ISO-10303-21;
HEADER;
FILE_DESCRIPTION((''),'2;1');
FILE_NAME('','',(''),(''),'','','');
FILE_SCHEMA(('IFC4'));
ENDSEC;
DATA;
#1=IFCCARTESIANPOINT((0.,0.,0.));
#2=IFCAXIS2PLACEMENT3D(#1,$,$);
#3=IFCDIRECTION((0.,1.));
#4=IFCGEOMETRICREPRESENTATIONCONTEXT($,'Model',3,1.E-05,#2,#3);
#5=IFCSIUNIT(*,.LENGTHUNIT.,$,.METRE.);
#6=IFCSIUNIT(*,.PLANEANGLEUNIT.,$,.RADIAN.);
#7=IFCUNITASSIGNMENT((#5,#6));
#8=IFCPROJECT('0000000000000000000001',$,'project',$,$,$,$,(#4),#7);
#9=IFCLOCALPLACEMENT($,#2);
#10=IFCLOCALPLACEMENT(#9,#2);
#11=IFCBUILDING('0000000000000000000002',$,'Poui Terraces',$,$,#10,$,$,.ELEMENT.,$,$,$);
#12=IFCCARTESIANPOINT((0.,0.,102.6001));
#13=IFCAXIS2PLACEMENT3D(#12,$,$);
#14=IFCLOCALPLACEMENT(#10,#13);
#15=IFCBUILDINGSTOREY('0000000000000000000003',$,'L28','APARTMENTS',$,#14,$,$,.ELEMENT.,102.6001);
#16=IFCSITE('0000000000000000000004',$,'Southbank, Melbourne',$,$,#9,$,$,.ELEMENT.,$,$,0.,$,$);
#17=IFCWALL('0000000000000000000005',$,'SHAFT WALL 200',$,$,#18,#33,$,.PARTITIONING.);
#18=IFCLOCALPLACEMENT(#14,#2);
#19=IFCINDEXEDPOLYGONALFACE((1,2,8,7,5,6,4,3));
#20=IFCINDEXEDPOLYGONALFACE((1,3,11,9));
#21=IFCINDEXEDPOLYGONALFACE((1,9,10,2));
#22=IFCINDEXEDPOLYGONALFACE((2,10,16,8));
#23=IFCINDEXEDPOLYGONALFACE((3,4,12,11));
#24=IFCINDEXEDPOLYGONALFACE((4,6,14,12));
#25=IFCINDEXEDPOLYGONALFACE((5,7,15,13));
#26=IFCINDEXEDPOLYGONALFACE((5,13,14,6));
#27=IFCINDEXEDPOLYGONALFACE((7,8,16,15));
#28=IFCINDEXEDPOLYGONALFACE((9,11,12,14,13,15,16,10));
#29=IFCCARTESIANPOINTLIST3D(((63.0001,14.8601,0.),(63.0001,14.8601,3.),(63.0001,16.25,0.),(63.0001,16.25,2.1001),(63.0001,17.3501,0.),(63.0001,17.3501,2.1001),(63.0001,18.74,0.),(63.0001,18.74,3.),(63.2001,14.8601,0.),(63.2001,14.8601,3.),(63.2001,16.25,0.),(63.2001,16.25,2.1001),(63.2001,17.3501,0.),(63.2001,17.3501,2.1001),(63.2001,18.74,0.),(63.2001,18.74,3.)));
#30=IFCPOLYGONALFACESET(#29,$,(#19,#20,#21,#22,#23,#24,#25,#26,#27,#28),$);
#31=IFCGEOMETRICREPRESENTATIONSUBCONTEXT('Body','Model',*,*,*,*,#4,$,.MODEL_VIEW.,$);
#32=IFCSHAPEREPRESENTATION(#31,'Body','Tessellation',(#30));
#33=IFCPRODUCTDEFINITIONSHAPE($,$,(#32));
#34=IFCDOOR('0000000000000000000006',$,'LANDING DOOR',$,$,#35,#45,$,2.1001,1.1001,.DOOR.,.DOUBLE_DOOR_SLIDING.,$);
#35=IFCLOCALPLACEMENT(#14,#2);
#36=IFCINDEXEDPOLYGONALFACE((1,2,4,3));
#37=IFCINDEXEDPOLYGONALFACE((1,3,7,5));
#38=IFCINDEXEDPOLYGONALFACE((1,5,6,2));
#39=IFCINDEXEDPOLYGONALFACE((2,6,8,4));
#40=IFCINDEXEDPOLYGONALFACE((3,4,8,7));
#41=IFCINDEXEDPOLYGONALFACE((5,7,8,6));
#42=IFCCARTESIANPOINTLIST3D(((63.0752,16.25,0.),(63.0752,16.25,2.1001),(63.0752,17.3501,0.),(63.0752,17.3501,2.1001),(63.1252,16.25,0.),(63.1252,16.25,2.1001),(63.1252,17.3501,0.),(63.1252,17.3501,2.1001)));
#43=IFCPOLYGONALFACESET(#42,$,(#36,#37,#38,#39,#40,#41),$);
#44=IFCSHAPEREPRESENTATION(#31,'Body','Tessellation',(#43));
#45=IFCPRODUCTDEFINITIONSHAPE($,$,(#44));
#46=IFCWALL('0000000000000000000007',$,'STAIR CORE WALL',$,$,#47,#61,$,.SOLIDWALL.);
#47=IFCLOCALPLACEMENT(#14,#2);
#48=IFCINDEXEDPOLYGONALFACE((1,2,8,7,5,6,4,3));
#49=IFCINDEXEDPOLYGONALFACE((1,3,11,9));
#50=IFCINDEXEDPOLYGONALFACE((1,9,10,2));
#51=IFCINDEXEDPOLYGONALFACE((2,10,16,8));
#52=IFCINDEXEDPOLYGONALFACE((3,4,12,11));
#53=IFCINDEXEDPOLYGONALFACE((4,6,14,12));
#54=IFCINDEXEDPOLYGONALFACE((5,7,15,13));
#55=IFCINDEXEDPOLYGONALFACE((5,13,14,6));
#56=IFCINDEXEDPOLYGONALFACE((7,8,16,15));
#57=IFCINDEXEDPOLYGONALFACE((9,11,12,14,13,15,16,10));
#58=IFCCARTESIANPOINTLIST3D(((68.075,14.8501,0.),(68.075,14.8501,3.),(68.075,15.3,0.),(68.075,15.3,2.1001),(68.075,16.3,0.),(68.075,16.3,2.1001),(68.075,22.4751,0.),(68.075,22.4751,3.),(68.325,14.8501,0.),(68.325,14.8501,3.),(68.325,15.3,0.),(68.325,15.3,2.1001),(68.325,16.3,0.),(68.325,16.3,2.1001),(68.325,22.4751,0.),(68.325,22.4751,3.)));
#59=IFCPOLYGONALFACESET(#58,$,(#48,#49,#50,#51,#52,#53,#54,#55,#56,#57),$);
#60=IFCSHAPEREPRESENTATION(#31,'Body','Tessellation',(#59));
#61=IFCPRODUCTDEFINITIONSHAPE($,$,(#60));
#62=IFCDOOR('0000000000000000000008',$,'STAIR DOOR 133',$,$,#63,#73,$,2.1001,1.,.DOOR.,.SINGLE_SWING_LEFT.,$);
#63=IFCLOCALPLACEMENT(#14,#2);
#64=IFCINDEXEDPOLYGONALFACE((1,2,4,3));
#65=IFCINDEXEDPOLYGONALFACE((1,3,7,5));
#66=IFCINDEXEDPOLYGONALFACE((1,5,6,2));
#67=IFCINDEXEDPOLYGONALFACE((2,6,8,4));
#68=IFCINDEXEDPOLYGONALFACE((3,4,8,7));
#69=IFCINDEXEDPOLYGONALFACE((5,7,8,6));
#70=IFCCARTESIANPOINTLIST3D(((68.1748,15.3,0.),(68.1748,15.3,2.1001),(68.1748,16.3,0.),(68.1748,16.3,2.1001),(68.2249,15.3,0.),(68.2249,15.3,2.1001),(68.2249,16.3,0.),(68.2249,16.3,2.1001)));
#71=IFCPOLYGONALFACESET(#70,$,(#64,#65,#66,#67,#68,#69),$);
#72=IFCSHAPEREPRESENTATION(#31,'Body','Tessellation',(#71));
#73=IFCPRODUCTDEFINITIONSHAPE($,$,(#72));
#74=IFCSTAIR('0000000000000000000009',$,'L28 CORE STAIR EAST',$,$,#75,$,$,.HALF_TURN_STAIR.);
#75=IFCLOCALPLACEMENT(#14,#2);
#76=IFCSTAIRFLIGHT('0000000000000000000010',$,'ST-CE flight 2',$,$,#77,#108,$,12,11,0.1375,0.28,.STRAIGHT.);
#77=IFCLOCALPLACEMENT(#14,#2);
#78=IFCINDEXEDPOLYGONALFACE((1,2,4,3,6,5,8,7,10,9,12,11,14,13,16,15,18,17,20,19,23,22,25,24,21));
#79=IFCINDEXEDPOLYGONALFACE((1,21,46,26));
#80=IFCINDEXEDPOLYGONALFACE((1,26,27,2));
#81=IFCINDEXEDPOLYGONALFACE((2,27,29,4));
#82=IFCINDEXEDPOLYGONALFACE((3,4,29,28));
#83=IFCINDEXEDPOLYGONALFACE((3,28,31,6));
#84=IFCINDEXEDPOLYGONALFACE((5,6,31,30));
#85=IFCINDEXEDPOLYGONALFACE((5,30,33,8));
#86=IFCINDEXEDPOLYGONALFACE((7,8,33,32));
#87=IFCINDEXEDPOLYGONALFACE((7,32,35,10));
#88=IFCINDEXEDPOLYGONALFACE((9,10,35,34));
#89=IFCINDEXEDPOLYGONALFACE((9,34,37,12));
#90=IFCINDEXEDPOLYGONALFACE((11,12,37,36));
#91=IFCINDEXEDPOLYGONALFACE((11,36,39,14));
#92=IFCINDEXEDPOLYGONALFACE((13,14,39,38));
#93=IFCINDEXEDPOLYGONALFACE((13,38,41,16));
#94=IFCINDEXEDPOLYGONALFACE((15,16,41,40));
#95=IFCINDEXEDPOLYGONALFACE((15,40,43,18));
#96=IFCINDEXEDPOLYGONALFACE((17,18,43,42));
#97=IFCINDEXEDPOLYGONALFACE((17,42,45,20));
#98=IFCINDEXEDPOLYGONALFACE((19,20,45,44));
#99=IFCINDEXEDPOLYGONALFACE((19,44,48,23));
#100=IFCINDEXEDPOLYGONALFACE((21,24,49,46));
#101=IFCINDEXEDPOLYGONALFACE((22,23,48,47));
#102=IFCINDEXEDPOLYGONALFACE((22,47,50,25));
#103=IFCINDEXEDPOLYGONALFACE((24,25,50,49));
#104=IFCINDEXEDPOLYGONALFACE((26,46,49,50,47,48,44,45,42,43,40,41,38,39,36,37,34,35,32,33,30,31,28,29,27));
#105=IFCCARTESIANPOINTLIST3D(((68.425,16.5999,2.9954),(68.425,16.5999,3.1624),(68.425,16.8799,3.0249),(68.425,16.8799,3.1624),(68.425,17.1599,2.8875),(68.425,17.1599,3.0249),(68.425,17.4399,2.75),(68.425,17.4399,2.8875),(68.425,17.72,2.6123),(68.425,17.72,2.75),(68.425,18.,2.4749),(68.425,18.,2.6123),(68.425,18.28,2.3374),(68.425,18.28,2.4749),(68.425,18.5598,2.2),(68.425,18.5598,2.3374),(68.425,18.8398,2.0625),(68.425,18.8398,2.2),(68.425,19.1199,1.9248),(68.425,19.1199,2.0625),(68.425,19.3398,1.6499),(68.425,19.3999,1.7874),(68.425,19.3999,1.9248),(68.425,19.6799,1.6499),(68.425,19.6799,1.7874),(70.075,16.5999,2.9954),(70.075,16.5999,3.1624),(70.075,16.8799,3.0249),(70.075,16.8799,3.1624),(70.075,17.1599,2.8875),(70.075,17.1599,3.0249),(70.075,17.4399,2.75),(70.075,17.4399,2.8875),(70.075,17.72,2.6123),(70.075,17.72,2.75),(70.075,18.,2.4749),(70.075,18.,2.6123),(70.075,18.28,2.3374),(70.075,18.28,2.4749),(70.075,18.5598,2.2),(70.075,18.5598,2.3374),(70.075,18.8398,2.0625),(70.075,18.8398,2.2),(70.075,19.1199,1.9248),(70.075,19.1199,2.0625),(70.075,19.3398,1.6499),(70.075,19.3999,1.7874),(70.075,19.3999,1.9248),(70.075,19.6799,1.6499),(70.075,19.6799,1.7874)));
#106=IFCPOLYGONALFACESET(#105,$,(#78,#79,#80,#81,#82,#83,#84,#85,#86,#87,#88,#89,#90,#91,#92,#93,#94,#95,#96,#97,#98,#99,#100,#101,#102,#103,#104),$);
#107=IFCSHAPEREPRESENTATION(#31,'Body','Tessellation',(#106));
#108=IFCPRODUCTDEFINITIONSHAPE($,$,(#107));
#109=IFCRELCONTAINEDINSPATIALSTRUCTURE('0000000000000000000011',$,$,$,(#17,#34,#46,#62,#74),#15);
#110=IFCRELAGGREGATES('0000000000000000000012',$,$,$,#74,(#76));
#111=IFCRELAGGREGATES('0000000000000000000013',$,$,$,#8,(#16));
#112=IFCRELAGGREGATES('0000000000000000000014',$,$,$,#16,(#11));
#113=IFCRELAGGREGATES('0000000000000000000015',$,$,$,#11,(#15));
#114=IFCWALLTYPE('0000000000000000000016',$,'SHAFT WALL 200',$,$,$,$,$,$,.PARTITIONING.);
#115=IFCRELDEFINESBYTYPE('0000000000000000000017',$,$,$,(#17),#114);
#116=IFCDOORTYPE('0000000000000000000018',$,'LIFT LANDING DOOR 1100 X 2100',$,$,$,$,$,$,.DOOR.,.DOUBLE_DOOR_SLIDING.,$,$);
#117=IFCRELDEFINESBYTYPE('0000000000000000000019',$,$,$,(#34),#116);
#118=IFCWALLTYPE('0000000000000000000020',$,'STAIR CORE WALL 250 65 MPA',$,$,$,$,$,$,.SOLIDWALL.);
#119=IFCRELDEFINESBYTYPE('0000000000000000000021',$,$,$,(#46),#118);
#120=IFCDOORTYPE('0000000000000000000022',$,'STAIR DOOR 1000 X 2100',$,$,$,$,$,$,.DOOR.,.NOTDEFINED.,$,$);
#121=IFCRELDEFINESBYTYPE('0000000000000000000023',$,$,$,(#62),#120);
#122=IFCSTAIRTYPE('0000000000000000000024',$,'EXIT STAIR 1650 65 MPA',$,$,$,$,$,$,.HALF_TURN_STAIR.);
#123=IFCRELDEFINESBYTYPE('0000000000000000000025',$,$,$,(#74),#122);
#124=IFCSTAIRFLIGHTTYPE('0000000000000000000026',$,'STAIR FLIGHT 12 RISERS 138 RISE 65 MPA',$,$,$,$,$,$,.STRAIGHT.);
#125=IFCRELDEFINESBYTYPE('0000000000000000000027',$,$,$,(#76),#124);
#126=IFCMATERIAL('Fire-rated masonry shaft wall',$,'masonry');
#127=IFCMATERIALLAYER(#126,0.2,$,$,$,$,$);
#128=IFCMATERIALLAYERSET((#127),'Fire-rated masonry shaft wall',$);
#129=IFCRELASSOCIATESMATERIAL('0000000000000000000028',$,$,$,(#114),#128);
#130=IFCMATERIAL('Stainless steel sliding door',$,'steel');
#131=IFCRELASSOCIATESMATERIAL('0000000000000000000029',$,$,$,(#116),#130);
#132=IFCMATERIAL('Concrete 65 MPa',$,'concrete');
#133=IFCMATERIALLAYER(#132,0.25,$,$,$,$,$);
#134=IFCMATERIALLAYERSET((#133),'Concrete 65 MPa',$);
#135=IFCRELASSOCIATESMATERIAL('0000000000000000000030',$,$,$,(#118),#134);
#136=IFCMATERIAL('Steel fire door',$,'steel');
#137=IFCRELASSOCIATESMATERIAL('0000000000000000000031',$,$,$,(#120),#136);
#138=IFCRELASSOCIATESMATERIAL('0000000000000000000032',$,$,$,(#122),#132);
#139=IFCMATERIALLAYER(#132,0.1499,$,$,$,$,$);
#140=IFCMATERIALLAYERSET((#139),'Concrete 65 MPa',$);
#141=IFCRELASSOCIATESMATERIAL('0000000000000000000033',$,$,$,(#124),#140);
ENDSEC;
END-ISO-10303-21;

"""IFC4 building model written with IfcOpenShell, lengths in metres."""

from ifc_helpers import new_model, si_unit, direction, frame, frame_2d, origin, place, context, subcontext, project, spatial, polyline, rectangle, outline, extrude, material, layer, layer_set, type_object, element, fill, aggregate, save


model = new_model("IFC4")

# Units and contexts
model_context = context("Model", 3, precision=1e-05, world=origin(), true_north=direction((0.0, 1.0)))
body_context = subcontext(model_context, "Body", "Model", "MODEL_VIEW")
ifc_project = project(units=[si_unit("LENGTHUNIT", "METRE"), si_unit("PLANEANGLEUNIT", "RADIAN")], contexts=[model_context])

# Site, building, storey
site_placement = place(None, origin())
site = spatial("IfcSite", under=ifc_project, at=site_placement, Name="Southbank, Melbourne", CompositionType="ELEMENT", RefElevation=0.0)
building_placement = place(site_placement, origin())
building = spatial("IfcBuilding", under=site, at=building_placement, Name="Poui Terraces", CompositionType="ELEMENT")
storey_placement = place(building_placement, frame((0.0, 0.0, 102.6001)))
storey = spatial("IfcBuildingStorey", under=building, at=storey_placement, Name="L28", Description="APARTMENTS", CompositionType="ELEMENT", Elevation=102.6001)

# Shared definitions
ifc_material_1 = material(Name="Concrete 65 MPa", Category="concrete")

# Shared definitions
ifc_material_2 = material(Name="Steel fire door", Category="steel")

# Shared definitions
ifc_material_3 = material(Name="Fire-rated masonry shaft wall", Category="masonry")
ifc_layer_1 = layer(ifc_material_3, 0.2)
ifc_layer_set_1 = layer_set([ifc_layer_1], Name="Fire-rated masonry shaft wall")
wall_type_1 = type_object("IfcWallType", Name="SHAFT WALL 200", PredefinedType="PARTITIONING", material=ifc_layer_set_1)

# Walls, openings, doors
wall_1_placement = place(storey_placement, frame((63.1001, 14.8601, 0.0), z_axis=(0.0, 0.0, 1.0), x_axis=(0.0, 1.0, 0.0)))
wall_1 = element("IfcWall", 1, at=wall_1_placement, inside=storey, type_object=wall_type_1, Name="SHAFT WALL 200", PredefinedType="PARTITIONING", context=body_context, shape_type="SweptSolid", body=[
    extrude(rectangle(XDim=3.8799, YDim=0.2, at=frame_2d((1.9399, 0.0))), origin(), (0.0, 0.0, 1.0), 3.0),
])
opening_1_placement = place(wall_1_placement, frame((1.3899, 0.0, 0.0)))
opening_1 = element("IfcOpeningElement", 2, at=opening_1_placement, cuts=wall_1, PredefinedType="OPENING", context=body_context, shape_type="SweptSolid", body=[
    extrude(rectangle(XDim=1.1001, YDim=2.1001, at=frame_2d((0.55, 1.05))), frame((0.0, 0.1099, 0.0), z_axis=(0.0, -1.0, 0.0), x_axis=(1.0, 0.0, 0.0)), (0.0, 0.0, 1.0), 0.22),
])
ifc_material_4 = material(Name="Stainless steel sliding door", Category="steel")
door_type_1 = type_object("IfcDoorType", Name="LIFT LANDING DOOR 1100 X 2100", OperationType="DOUBLE_DOOR_SLIDING", PredefinedType="DOOR", material=ifc_material_4)
door_1_placement = place(opening_1_placement, origin())
door_1 = element("IfcDoor", 3, at=door_1_placement, inside=storey, type_object=door_type_1, Name="LANDING DOOR", OperationType="DOUBLE_DOOR_SLIDING", OverallHeight=2.1001, OverallWidth=1.1001, PredefinedType="DOOR", context=body_context, shape_type="SweptSolid", body=[
    extrude(rectangle(XDim=1.1001, YDim=2.1001, at=frame_2d((0.55, 1.05))), frame((0.0, 0.0249, 0.0), z_axis=(0.0, -1.0, 0.0), x_axis=(1.0, 0.0, 0.0)), (0.0, 0.0, 1.0), 0.05),
])
fill(opening_1, door_1)
ifc_layer_2 = layer(ifc_material_1, 0.25)
ifc_layer_set_2 = layer_set([ifc_layer_2], Name="Concrete 65 MPa")
wall_type_2 = type_object("IfcWallType", Name="STAIR CORE WALL 250 65 MPA", PredefinedType="SOLIDWALL", material=ifc_layer_set_2)
wall_2_placement = place(storey_placement, frame((68.2, 14.8501, 0.0), z_axis=(0.0, 0.0, 1.0), x_axis=(0.0, 1.0, 0.0)))
wall_2 = element("IfcWall", 4, at=wall_2_placement, inside=storey, type_object=wall_type_2, Name="STAIR CORE WALL", PredefinedType="SOLIDWALL", context=body_context, shape_type="SweptSolid", body=[
    extrude(rectangle(XDim=7.625, YDim=0.25, at=frame_2d((3.8125, 0.0))), origin(), (0.0, 0.0, 1.0), 3.0),
])
opening_2_placement = place(wall_2_placement, frame((0.45, 0.0, 0.0)))
opening_2 = element("IfcOpeningElement", 5, at=opening_2_placement, cuts=wall_2, PredefinedType="OPENING", context=body_context, shape_type="SweptSolid", body=[
    extrude(rectangle(XDim=1.0, YDim=2.1001, at=frame_2d((0.5, 1.05))), frame((0.0, 0.135, 0.0), z_axis=(0.0, -1.0, 0.0), x_axis=(1.0, 0.0, 0.0)), (0.0, 0.0, 1.0), 0.27),
])
door_type_2 = type_object("IfcDoorType", Name="STAIR DOOR 1000 X 2100", OperationType="NOTDEFINED", PredefinedType="DOOR", material=ifc_material_2)
door_2_placement = place(opening_2_placement, frame((1.0, 0.0, 0.0), z_axis=(0.0, 0.0, 1.0), x_axis=(-1.0, 0.0, 0.0)))
door_2 = element("IfcDoor", 6, at=door_2_placement, inside=storey, type_object=door_type_2, Name="STAIR DOOR 133", OperationType="SINGLE_SWING_LEFT", OverallHeight=2.1001, OverallWidth=1.0, PredefinedType="DOOR", context=body_context, shape_type="SweptSolid", body=[
    extrude(rectangle(XDim=1.0, YDim=2.1001, at=frame_2d((0.5, 1.05))), frame((0.0, 0.0249, 0.0), z_axis=(0.0, -1.0, 0.0), x_axis=(1.0, 0.0, 0.0)), (0.0, 0.0, 1.0), 0.05),
])
fill(opening_2, door_2)

# Stair, stair flight
stair_type = type_object("IfcStairType", Name="EXIT STAIR 1650 65 MPA", PredefinedType="HALF_TURN_STAIR", material=ifc_material_1)
stair_placement = place(storey_placement, origin())
stair = element("IfcStair", 7, at=stair_placement, inside=storey, type_object=stair_type, Name="L28 CORE STAIR EAST", PredefinedType="HALF_TURN_STAIR")
ifc_layer_3 = layer(ifc_material_1, 0.1499)
ifc_layer_set_3 = layer_set([ifc_layer_3], Name="Concrete 65 MPa")
stair_flight_type = type_object("IfcStairFlightType", Name="STAIR FLIGHT 12 RISERS 138 RISE 65 MPA", PredefinedType="STRAIGHT", material=ifc_layer_set_3)
stair_flight_placement = place(storey_placement, frame((69.25, 19.6799, 1.6499), z_axis=(0.0, 0.0, 1.0), x_axis=(0.0, -1.0, 0.0)))
stair_flight = element("IfcStairFlight", 8, at=stair_flight_placement, type_object=stair_flight_type, Name="ST-CE flight 2", NumberOfRisers=12, NumberOfTreads=11, PredefinedType="STRAIGHT", RiserHeight=0.1375, TreadLength=0.28, context=body_context, shape_type="SweptSolid", body=[
    extrude(outline(polyline([(0.0, 0.0), (0.0, 0.1375), (0.28, 0.1375), (0.28, 0.2749), (0.5601, 0.2749), (0.5601, 0.4126), (0.8401, 0.4126), (0.8401, 0.55), (1.1201, 0.55), (1.1201, 0.6875), (1.3999, 0.6875), (1.3999, 0.825), (1.6799, 0.825), (1.6799, 0.9624), (1.96, 0.9624), (1.96, 1.1001), (2.24, 1.1001), (2.24, 1.2375), (2.52, 1.2375), (2.52, 1.375), (2.8, 1.375), (2.8, 1.5125), (3.0801, 1.5125), (3.0801, 1.6499), (3.0801, 1.3455), (0.3401, 0.0), (0.0, 0.0)])), frame((0.0, 0.825, 0.0), z_axis=(0.0, -1.0, 0.0), x_axis=(1.0, 0.0, 0.0)), (0.0, 0.0, 1.0), 1.6499),
])
aggregate(stair, [stair_flight])

save(model, "model.ifc")
